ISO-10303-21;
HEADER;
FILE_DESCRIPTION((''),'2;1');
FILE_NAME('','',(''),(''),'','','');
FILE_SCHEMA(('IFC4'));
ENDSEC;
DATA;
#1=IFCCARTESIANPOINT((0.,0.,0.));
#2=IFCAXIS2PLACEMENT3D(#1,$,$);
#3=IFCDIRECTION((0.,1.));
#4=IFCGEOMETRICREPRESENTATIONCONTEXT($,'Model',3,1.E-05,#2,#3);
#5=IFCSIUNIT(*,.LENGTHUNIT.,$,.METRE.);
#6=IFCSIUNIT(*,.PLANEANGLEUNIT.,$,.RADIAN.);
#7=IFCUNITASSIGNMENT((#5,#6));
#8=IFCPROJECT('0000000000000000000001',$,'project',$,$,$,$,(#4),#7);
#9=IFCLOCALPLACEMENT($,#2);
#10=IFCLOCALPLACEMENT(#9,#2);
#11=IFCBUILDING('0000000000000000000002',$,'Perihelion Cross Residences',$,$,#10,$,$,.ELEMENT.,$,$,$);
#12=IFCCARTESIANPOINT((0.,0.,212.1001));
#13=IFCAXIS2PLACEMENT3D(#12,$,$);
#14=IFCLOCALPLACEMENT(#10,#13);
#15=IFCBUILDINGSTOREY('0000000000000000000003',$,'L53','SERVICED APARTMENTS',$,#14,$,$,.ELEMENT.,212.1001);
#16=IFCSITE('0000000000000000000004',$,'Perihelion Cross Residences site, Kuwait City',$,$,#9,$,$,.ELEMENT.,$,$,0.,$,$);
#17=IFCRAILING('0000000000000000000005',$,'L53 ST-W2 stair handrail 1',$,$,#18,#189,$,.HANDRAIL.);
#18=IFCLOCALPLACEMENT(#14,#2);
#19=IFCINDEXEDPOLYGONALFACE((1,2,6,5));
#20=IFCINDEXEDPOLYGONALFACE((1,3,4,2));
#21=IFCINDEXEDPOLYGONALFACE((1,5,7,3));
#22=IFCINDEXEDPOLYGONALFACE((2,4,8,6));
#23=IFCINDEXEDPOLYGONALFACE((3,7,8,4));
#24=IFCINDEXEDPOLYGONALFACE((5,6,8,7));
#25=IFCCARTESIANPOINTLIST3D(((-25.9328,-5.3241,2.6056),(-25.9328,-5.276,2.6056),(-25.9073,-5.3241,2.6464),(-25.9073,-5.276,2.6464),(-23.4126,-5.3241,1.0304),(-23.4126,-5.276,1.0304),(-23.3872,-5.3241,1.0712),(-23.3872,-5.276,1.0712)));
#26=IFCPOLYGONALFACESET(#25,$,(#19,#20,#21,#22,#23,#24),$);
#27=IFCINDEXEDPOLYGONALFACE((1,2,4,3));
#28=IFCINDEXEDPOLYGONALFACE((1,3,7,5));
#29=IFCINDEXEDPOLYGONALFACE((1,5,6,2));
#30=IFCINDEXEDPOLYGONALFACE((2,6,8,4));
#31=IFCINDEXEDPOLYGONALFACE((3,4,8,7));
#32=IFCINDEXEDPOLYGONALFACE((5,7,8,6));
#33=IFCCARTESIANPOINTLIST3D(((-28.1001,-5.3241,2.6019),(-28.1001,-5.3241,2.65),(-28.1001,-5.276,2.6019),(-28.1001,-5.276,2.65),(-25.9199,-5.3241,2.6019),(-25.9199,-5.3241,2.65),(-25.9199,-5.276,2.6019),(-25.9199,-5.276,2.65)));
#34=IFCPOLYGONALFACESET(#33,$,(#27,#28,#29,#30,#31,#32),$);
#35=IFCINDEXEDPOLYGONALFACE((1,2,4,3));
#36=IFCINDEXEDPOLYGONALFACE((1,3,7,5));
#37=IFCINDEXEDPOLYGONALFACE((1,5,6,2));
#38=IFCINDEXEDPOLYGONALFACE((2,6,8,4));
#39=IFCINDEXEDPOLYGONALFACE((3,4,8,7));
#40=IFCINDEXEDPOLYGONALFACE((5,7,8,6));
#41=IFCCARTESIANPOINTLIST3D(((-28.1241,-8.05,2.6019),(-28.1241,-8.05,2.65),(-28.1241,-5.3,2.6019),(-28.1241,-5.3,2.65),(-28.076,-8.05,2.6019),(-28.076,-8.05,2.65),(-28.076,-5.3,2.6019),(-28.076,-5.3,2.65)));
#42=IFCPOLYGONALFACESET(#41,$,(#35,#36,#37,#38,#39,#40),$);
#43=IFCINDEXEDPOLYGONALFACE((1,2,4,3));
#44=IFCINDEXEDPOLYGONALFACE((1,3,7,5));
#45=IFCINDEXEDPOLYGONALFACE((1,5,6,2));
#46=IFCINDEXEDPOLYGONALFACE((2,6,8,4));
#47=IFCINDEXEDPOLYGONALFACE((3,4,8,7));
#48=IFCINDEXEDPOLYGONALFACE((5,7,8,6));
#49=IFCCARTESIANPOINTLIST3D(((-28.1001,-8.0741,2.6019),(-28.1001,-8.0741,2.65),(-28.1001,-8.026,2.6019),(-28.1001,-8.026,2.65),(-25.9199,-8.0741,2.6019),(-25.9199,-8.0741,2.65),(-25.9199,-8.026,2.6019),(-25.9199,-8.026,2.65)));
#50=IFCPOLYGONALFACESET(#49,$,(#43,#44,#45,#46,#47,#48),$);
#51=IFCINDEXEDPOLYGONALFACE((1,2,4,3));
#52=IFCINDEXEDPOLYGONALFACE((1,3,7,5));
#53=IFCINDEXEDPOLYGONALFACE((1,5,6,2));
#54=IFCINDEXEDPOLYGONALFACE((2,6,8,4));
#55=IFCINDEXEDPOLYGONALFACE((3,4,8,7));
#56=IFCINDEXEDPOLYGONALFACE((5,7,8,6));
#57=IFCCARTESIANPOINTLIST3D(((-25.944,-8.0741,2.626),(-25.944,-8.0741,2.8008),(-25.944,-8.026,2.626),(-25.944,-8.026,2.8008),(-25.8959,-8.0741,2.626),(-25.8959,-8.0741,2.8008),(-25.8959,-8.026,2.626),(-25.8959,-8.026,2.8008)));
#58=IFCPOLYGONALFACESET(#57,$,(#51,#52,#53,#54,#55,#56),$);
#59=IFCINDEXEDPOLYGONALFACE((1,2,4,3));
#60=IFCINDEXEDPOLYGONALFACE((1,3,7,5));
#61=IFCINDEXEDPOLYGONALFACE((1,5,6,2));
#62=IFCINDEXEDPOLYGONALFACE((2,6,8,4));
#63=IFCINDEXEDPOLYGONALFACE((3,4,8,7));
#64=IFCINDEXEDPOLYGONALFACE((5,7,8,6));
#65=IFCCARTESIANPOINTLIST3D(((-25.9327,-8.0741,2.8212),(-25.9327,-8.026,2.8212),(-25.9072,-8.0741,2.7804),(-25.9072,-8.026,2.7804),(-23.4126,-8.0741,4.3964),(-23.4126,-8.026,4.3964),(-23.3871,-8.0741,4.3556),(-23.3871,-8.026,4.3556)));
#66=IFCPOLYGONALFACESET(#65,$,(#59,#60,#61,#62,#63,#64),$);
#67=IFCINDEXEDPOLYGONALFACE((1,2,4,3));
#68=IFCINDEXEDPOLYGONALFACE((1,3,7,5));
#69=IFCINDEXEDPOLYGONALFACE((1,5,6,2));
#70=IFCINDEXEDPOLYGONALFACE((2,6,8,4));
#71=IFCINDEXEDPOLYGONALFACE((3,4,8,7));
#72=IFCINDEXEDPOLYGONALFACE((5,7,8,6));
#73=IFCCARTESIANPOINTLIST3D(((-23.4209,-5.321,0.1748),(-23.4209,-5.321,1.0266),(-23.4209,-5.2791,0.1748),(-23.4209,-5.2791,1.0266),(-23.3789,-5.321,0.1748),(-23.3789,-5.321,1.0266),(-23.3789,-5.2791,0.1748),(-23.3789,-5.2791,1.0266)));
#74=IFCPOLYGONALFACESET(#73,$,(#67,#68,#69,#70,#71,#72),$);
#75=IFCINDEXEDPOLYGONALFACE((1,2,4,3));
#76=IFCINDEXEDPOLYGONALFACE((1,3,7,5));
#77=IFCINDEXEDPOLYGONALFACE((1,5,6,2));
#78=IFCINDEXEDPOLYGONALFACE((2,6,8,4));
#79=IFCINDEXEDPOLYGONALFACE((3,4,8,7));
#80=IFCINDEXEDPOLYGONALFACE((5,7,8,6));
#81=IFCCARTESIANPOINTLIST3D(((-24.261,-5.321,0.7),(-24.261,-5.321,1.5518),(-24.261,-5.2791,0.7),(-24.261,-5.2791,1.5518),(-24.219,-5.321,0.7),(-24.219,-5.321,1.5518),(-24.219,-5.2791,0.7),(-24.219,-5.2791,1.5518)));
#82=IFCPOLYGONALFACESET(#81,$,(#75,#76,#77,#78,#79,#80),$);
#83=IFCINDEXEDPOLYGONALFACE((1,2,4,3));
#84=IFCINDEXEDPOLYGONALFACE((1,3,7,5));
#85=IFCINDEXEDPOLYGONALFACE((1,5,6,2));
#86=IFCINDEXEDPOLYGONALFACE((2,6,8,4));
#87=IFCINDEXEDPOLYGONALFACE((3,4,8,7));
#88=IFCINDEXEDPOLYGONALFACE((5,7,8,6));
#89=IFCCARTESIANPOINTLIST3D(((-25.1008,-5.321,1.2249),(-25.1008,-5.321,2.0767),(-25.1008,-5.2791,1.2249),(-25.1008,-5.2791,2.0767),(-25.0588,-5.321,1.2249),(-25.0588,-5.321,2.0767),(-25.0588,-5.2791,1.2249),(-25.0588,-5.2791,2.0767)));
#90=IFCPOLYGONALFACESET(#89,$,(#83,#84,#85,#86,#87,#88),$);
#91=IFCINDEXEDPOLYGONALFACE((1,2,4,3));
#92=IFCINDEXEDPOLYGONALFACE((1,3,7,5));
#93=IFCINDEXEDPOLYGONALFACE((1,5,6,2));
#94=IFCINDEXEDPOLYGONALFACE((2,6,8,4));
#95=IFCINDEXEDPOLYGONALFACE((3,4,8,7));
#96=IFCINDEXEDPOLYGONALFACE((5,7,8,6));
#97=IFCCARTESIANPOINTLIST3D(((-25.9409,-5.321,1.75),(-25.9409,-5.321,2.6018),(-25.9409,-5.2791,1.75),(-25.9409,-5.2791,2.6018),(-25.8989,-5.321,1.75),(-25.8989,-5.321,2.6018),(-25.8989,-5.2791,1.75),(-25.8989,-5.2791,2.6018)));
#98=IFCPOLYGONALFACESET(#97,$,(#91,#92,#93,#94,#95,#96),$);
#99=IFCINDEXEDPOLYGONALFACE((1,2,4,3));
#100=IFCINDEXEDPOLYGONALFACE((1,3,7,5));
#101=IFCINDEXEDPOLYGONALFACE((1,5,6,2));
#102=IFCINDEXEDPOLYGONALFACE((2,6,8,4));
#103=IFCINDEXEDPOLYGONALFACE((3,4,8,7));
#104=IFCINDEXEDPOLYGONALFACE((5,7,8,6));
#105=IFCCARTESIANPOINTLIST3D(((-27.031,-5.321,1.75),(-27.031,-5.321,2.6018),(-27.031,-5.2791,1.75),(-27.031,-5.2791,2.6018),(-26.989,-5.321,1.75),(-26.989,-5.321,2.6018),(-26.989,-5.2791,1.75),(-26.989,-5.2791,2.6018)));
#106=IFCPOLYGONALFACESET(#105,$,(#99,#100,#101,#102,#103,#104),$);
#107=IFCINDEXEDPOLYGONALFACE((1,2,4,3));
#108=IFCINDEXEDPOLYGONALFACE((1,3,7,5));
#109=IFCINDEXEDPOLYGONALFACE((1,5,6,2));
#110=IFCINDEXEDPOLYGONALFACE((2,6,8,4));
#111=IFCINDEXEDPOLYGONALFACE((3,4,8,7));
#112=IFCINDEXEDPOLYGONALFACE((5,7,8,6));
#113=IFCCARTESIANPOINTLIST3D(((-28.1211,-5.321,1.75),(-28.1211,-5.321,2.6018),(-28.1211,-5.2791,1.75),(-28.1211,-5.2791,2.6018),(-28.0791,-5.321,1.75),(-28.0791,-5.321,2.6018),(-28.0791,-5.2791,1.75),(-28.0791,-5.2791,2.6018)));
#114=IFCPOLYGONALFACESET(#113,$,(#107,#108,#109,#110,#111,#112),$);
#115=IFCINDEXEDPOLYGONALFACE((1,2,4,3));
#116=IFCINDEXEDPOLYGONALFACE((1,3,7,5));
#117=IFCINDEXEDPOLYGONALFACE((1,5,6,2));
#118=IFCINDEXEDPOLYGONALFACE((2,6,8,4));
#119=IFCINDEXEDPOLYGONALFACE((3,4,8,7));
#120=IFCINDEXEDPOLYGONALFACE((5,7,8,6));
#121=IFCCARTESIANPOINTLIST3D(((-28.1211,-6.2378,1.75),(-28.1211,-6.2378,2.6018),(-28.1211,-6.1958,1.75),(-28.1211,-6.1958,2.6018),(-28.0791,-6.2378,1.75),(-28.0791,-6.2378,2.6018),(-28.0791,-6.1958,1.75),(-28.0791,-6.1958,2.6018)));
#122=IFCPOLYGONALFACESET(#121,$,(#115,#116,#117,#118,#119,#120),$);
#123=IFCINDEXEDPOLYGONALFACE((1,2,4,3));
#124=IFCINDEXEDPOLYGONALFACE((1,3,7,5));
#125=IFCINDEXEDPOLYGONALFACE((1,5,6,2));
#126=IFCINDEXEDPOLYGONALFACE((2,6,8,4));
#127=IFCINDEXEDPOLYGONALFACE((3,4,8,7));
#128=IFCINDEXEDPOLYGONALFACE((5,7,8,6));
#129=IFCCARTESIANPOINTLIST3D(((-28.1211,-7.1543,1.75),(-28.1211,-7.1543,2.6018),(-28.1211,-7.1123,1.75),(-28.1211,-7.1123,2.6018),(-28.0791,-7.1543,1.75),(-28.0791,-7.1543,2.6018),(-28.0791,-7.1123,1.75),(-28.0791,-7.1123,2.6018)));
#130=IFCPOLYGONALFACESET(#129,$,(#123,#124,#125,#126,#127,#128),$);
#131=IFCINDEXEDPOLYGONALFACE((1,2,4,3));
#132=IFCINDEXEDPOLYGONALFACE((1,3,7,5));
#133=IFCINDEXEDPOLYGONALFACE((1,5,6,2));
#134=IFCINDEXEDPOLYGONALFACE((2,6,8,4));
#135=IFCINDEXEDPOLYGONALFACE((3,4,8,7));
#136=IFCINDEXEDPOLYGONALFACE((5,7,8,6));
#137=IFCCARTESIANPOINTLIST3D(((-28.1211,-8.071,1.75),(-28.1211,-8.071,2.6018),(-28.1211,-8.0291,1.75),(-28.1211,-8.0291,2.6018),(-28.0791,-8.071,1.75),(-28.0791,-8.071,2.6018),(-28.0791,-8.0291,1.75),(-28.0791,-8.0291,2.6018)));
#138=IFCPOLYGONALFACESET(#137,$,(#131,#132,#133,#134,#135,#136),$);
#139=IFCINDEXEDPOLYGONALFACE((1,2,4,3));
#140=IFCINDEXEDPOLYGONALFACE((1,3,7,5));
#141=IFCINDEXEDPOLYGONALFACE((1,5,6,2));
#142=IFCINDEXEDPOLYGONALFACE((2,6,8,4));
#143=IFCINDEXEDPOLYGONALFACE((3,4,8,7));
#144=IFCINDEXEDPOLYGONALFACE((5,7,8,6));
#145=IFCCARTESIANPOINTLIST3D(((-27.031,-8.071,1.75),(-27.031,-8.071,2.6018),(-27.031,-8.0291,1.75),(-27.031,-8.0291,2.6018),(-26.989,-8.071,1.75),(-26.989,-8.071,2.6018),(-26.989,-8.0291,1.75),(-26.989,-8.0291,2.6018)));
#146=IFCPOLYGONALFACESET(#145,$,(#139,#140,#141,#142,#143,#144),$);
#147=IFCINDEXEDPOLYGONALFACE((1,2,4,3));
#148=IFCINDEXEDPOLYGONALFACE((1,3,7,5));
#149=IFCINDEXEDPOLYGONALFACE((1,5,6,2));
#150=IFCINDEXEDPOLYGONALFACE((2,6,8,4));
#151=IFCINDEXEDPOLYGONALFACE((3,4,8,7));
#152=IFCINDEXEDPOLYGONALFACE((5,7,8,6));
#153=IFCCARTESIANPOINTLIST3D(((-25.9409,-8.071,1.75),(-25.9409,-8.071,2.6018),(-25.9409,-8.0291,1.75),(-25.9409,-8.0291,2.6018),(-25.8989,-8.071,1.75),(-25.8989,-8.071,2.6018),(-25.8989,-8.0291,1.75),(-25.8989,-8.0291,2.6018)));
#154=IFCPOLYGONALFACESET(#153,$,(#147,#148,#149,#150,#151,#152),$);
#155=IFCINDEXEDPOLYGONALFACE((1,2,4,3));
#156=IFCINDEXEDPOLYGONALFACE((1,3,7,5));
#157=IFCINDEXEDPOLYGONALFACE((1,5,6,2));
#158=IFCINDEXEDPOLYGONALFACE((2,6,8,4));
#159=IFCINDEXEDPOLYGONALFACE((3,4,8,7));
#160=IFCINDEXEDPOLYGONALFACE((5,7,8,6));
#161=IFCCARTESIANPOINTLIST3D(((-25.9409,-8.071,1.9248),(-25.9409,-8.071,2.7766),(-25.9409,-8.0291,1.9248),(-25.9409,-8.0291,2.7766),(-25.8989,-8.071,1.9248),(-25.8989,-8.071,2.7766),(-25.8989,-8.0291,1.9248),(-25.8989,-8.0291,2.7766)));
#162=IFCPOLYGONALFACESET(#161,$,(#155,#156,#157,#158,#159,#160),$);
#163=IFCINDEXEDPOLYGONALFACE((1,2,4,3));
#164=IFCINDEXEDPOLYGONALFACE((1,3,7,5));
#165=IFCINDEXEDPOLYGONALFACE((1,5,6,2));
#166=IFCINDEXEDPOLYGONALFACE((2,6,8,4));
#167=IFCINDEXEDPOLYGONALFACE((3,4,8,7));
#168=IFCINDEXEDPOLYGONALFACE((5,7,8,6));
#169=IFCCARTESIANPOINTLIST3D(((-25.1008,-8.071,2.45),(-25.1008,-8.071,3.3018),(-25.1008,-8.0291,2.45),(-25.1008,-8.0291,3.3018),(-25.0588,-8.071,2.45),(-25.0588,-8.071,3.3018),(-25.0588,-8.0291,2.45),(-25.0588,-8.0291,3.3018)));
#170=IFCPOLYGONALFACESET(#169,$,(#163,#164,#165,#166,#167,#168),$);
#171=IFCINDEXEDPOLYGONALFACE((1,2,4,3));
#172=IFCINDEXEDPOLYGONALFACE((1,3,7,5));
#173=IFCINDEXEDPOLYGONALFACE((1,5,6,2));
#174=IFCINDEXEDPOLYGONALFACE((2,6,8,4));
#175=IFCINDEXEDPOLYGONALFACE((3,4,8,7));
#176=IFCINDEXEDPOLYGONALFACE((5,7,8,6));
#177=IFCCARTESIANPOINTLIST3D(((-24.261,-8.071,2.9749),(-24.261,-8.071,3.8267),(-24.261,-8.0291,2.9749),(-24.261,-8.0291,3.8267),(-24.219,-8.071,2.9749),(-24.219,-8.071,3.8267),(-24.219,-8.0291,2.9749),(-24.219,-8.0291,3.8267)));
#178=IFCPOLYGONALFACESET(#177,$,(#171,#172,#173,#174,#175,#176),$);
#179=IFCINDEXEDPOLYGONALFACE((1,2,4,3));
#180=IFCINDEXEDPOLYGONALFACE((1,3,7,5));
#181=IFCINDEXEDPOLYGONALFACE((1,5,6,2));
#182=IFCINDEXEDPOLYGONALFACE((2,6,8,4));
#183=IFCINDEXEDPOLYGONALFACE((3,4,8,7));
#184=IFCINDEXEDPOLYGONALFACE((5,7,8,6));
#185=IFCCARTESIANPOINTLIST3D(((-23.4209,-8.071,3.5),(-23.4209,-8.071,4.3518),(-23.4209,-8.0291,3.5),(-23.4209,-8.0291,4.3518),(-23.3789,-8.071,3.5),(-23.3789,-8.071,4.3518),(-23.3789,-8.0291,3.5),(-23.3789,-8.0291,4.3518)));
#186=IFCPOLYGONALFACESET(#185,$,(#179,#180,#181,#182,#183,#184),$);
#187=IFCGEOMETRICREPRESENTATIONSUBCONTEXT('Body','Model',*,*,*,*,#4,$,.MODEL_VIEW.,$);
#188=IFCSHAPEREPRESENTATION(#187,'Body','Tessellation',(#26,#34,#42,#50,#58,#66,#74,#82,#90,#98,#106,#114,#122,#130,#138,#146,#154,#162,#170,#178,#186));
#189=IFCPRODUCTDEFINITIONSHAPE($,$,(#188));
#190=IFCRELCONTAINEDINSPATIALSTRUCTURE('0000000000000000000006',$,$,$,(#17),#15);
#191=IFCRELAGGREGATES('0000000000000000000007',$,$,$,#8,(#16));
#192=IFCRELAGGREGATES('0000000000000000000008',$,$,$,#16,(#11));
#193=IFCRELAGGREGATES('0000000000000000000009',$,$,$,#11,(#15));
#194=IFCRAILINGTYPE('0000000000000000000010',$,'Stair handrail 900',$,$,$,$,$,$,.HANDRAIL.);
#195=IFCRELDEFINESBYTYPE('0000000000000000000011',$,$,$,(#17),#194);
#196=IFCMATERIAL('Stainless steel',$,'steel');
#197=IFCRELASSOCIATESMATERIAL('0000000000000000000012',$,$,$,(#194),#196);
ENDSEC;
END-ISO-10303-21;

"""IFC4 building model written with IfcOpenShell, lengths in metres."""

from ifc_helpers import new_model, si_unit, direction, frame, origin, origin_2d, place, context, subcontext, project, spatial, rectangle, extrude, material, type_object, element, save


model = new_model("IFC4")

# Units and contexts
model_context = context("Model", 3, precision=1e-05, world=origin(), true_north=direction((0.0, 1.0)))
body_context = subcontext(model_context, "Body", "Model", "MODEL_VIEW")
ifc_project = project(units=[si_unit("LENGTHUNIT", "METRE"), si_unit("PLANEANGLEUNIT", "RADIAN")], contexts=[model_context])

# Site, building, storey
site_placement = place(None, origin())
site = spatial("IfcSite", under=ifc_project, at=site_placement, Name="Perihelion Cross Residences site, Kuwait City", CompositionType="ELEMENT", RefElevation=0.0)
building_placement = place(site_placement, origin())
building = spatial("IfcBuilding", under=site, at=building_placement, Name="Perihelion Cross Residences", CompositionType="ELEMENT")
storey_placement = place(building_placement, frame((0.0, 0.0, 212.1001)))
storey = spatial("IfcBuildingStorey", under=building, at=storey_placement, Name="L53", Description="SERVICED APARTMENTS", CompositionType="ELEMENT", Elevation=212.1001)

# Railing
ifc_material_1 = material(Name="Stainless steel", Category="steel")
railing_type_1 = type_object("IfcRailingType", Name="Stair handrail 900", PredefinedType="HANDRAIL", material=ifc_material_1)
railing_1_placement = place(storey_placement, frame((-23.3999, -5.3, 0.1748)))
element("IfcRailing", 1, at=railing_1_placement, inside=storey, type_object=railing_type_1, Name="L53 ST-W2 stair handrail 1", PredefinedType="HANDRAIL", context=body_context, shape_type="SweptSolid", body=[
    extrude(rectangle(XDim=0.0481, YDim=0.0481, at=origin_2d()), frame((0.0, 0.0, 0.876), z_axis=(-0.847971, 0.0, 0.530043), x_axis=(0.0, -1.0, 0.0)), (0.0, 0.0, 1.0), 2.9719),
    extrude(rectangle(XDim=0.0481, YDim=0.0481, at=origin_2d()), frame((-2.52, 0.0, 2.4512), z_axis=(-1.0, 0.0, 0.0), x_axis=(0.0, -1.0, 0.0)), (0.0, 0.0, 1.0), 2.1802),
    extrude(rectangle(XDim=0.0481, YDim=0.0481, at=origin_2d()), frame((-4.7002, 0.0, 2.4512), z_axis=(0.0, -1.0, 0.0), x_axis=(1.0, 0.0, 0.0)), (0.0, 0.0, 1.0), 2.75),
    extrude(rectangle(XDim=0.0481, YDim=0.0481, at=origin_2d()), frame((-4.7002, -2.75, 2.4512), z_axis=(1.0, 0.0, 0.0), x_axis=(0.0, 1.0, 0.0)), (0.0, 0.0, 1.0), 2.1802),
    extrude(rectangle(XDim=0.0481, YDim=0.0481, at=origin_2d()), frame((-2.52, -2.75, 2.4512), z_axis=(0.0, 0.0, 1.0), x_axis=(1.0, 0.0, 0.0)), (0.0, 0.0, 1.0), 0.1748),
    extrude(rectangle(XDim=0.0481, YDim=0.0481, at=origin_2d()), frame((-2.52, -2.75, 2.626), z_axis=(0.847971, 0.0, 0.530043), x_axis=(0.0, 1.0, 0.0)), (0.0, 0.0, 1.0), 2.9719),
    extrude(rectangle(XDim=0.042, YDim=0.042, at=origin_2d()), origin(), (0.0, 0.0, 1.0), 0.8518),
    extrude(rectangle(XDim=0.042, YDim=0.042, at=origin_2d()), frame((-0.8401, 0.0, 0.5251)), (0.0, 0.0, 1.0), 0.8518),
    extrude(rectangle(XDim=0.042, YDim=0.042, at=origin_2d()), frame((-1.6799, 0.0, 1.05)), (0.0, 0.0, 1.0), 0.8518),
    extrude(rectangle(XDim=0.042, YDim=0.042, at=origin_2d()), frame((-2.52, 0.0, 1.5752)), (0.0, 0.0, 1.0), 0.8518),
    extrude(rectangle(XDim=0.042, YDim=0.042, at=origin_2d()), frame((-3.6101, 0.0, 1.5752)), (0.0, 0.0, 1.0), 0.8518),
    extrude(rectangle(XDim=0.042, YDim=0.042, at=origin_2d()), frame((-4.7002, 0.0, 1.5752)), (0.0, 0.0, 1.0), 0.8518),
    extrude(rectangle(XDim=0.042, YDim=0.042, at=origin_2d()), frame((-4.7002, -0.9167, 1.5752)), (0.0, 0.0, 1.0), 0.8518),
    extrude(rectangle(XDim=0.042, YDim=0.042, at=origin_2d()), frame((-4.7002, -1.8333, 1.5752)), (0.0, 0.0, 1.0), 0.8518),
    extrude(rectangle(XDim=0.042, YDim=0.042, at=origin_2d()), frame((-4.7002, -2.75, 1.5752)), (0.0, 0.0, 1.0), 0.8518),
    extrude(rectangle(XDim=0.042, YDim=0.042, at=origin_2d()), frame((-3.6101, -2.75, 1.5752)), (0.0, 0.0, 1.0), 0.8518),
    extrude(rectangle(XDim=0.042, YDim=0.042, at=origin_2d()), frame((-2.52, -2.75, 1.5752)), (0.0, 0.0, 1.0), 0.8518),
    extrude(rectangle(XDim=0.042, YDim=0.042, at=origin_2d()), frame((-2.52, -2.75, 1.75)), (0.0, 0.0, 1.0), 0.8518),
    extrude(rectangle(XDim=0.042, YDim=0.042, at=origin_2d()), frame((-1.6799, -2.75, 2.2751)), (0.0, 0.0, 1.0), 0.8518),
    extrude(rectangle(XDim=0.042, YDim=0.042, at=origin_2d()), frame((-0.8401, -2.75, 2.8)), (0.0, 0.0, 1.0), 0.8518),
    extrude(rectangle(XDim=0.042, YDim=0.042, at=origin_2d()), frame((0.0, -2.75, 3.3252)), (0.0, 0.0, 1.0), 0.8518),
])

save(model, "model.ifc")
